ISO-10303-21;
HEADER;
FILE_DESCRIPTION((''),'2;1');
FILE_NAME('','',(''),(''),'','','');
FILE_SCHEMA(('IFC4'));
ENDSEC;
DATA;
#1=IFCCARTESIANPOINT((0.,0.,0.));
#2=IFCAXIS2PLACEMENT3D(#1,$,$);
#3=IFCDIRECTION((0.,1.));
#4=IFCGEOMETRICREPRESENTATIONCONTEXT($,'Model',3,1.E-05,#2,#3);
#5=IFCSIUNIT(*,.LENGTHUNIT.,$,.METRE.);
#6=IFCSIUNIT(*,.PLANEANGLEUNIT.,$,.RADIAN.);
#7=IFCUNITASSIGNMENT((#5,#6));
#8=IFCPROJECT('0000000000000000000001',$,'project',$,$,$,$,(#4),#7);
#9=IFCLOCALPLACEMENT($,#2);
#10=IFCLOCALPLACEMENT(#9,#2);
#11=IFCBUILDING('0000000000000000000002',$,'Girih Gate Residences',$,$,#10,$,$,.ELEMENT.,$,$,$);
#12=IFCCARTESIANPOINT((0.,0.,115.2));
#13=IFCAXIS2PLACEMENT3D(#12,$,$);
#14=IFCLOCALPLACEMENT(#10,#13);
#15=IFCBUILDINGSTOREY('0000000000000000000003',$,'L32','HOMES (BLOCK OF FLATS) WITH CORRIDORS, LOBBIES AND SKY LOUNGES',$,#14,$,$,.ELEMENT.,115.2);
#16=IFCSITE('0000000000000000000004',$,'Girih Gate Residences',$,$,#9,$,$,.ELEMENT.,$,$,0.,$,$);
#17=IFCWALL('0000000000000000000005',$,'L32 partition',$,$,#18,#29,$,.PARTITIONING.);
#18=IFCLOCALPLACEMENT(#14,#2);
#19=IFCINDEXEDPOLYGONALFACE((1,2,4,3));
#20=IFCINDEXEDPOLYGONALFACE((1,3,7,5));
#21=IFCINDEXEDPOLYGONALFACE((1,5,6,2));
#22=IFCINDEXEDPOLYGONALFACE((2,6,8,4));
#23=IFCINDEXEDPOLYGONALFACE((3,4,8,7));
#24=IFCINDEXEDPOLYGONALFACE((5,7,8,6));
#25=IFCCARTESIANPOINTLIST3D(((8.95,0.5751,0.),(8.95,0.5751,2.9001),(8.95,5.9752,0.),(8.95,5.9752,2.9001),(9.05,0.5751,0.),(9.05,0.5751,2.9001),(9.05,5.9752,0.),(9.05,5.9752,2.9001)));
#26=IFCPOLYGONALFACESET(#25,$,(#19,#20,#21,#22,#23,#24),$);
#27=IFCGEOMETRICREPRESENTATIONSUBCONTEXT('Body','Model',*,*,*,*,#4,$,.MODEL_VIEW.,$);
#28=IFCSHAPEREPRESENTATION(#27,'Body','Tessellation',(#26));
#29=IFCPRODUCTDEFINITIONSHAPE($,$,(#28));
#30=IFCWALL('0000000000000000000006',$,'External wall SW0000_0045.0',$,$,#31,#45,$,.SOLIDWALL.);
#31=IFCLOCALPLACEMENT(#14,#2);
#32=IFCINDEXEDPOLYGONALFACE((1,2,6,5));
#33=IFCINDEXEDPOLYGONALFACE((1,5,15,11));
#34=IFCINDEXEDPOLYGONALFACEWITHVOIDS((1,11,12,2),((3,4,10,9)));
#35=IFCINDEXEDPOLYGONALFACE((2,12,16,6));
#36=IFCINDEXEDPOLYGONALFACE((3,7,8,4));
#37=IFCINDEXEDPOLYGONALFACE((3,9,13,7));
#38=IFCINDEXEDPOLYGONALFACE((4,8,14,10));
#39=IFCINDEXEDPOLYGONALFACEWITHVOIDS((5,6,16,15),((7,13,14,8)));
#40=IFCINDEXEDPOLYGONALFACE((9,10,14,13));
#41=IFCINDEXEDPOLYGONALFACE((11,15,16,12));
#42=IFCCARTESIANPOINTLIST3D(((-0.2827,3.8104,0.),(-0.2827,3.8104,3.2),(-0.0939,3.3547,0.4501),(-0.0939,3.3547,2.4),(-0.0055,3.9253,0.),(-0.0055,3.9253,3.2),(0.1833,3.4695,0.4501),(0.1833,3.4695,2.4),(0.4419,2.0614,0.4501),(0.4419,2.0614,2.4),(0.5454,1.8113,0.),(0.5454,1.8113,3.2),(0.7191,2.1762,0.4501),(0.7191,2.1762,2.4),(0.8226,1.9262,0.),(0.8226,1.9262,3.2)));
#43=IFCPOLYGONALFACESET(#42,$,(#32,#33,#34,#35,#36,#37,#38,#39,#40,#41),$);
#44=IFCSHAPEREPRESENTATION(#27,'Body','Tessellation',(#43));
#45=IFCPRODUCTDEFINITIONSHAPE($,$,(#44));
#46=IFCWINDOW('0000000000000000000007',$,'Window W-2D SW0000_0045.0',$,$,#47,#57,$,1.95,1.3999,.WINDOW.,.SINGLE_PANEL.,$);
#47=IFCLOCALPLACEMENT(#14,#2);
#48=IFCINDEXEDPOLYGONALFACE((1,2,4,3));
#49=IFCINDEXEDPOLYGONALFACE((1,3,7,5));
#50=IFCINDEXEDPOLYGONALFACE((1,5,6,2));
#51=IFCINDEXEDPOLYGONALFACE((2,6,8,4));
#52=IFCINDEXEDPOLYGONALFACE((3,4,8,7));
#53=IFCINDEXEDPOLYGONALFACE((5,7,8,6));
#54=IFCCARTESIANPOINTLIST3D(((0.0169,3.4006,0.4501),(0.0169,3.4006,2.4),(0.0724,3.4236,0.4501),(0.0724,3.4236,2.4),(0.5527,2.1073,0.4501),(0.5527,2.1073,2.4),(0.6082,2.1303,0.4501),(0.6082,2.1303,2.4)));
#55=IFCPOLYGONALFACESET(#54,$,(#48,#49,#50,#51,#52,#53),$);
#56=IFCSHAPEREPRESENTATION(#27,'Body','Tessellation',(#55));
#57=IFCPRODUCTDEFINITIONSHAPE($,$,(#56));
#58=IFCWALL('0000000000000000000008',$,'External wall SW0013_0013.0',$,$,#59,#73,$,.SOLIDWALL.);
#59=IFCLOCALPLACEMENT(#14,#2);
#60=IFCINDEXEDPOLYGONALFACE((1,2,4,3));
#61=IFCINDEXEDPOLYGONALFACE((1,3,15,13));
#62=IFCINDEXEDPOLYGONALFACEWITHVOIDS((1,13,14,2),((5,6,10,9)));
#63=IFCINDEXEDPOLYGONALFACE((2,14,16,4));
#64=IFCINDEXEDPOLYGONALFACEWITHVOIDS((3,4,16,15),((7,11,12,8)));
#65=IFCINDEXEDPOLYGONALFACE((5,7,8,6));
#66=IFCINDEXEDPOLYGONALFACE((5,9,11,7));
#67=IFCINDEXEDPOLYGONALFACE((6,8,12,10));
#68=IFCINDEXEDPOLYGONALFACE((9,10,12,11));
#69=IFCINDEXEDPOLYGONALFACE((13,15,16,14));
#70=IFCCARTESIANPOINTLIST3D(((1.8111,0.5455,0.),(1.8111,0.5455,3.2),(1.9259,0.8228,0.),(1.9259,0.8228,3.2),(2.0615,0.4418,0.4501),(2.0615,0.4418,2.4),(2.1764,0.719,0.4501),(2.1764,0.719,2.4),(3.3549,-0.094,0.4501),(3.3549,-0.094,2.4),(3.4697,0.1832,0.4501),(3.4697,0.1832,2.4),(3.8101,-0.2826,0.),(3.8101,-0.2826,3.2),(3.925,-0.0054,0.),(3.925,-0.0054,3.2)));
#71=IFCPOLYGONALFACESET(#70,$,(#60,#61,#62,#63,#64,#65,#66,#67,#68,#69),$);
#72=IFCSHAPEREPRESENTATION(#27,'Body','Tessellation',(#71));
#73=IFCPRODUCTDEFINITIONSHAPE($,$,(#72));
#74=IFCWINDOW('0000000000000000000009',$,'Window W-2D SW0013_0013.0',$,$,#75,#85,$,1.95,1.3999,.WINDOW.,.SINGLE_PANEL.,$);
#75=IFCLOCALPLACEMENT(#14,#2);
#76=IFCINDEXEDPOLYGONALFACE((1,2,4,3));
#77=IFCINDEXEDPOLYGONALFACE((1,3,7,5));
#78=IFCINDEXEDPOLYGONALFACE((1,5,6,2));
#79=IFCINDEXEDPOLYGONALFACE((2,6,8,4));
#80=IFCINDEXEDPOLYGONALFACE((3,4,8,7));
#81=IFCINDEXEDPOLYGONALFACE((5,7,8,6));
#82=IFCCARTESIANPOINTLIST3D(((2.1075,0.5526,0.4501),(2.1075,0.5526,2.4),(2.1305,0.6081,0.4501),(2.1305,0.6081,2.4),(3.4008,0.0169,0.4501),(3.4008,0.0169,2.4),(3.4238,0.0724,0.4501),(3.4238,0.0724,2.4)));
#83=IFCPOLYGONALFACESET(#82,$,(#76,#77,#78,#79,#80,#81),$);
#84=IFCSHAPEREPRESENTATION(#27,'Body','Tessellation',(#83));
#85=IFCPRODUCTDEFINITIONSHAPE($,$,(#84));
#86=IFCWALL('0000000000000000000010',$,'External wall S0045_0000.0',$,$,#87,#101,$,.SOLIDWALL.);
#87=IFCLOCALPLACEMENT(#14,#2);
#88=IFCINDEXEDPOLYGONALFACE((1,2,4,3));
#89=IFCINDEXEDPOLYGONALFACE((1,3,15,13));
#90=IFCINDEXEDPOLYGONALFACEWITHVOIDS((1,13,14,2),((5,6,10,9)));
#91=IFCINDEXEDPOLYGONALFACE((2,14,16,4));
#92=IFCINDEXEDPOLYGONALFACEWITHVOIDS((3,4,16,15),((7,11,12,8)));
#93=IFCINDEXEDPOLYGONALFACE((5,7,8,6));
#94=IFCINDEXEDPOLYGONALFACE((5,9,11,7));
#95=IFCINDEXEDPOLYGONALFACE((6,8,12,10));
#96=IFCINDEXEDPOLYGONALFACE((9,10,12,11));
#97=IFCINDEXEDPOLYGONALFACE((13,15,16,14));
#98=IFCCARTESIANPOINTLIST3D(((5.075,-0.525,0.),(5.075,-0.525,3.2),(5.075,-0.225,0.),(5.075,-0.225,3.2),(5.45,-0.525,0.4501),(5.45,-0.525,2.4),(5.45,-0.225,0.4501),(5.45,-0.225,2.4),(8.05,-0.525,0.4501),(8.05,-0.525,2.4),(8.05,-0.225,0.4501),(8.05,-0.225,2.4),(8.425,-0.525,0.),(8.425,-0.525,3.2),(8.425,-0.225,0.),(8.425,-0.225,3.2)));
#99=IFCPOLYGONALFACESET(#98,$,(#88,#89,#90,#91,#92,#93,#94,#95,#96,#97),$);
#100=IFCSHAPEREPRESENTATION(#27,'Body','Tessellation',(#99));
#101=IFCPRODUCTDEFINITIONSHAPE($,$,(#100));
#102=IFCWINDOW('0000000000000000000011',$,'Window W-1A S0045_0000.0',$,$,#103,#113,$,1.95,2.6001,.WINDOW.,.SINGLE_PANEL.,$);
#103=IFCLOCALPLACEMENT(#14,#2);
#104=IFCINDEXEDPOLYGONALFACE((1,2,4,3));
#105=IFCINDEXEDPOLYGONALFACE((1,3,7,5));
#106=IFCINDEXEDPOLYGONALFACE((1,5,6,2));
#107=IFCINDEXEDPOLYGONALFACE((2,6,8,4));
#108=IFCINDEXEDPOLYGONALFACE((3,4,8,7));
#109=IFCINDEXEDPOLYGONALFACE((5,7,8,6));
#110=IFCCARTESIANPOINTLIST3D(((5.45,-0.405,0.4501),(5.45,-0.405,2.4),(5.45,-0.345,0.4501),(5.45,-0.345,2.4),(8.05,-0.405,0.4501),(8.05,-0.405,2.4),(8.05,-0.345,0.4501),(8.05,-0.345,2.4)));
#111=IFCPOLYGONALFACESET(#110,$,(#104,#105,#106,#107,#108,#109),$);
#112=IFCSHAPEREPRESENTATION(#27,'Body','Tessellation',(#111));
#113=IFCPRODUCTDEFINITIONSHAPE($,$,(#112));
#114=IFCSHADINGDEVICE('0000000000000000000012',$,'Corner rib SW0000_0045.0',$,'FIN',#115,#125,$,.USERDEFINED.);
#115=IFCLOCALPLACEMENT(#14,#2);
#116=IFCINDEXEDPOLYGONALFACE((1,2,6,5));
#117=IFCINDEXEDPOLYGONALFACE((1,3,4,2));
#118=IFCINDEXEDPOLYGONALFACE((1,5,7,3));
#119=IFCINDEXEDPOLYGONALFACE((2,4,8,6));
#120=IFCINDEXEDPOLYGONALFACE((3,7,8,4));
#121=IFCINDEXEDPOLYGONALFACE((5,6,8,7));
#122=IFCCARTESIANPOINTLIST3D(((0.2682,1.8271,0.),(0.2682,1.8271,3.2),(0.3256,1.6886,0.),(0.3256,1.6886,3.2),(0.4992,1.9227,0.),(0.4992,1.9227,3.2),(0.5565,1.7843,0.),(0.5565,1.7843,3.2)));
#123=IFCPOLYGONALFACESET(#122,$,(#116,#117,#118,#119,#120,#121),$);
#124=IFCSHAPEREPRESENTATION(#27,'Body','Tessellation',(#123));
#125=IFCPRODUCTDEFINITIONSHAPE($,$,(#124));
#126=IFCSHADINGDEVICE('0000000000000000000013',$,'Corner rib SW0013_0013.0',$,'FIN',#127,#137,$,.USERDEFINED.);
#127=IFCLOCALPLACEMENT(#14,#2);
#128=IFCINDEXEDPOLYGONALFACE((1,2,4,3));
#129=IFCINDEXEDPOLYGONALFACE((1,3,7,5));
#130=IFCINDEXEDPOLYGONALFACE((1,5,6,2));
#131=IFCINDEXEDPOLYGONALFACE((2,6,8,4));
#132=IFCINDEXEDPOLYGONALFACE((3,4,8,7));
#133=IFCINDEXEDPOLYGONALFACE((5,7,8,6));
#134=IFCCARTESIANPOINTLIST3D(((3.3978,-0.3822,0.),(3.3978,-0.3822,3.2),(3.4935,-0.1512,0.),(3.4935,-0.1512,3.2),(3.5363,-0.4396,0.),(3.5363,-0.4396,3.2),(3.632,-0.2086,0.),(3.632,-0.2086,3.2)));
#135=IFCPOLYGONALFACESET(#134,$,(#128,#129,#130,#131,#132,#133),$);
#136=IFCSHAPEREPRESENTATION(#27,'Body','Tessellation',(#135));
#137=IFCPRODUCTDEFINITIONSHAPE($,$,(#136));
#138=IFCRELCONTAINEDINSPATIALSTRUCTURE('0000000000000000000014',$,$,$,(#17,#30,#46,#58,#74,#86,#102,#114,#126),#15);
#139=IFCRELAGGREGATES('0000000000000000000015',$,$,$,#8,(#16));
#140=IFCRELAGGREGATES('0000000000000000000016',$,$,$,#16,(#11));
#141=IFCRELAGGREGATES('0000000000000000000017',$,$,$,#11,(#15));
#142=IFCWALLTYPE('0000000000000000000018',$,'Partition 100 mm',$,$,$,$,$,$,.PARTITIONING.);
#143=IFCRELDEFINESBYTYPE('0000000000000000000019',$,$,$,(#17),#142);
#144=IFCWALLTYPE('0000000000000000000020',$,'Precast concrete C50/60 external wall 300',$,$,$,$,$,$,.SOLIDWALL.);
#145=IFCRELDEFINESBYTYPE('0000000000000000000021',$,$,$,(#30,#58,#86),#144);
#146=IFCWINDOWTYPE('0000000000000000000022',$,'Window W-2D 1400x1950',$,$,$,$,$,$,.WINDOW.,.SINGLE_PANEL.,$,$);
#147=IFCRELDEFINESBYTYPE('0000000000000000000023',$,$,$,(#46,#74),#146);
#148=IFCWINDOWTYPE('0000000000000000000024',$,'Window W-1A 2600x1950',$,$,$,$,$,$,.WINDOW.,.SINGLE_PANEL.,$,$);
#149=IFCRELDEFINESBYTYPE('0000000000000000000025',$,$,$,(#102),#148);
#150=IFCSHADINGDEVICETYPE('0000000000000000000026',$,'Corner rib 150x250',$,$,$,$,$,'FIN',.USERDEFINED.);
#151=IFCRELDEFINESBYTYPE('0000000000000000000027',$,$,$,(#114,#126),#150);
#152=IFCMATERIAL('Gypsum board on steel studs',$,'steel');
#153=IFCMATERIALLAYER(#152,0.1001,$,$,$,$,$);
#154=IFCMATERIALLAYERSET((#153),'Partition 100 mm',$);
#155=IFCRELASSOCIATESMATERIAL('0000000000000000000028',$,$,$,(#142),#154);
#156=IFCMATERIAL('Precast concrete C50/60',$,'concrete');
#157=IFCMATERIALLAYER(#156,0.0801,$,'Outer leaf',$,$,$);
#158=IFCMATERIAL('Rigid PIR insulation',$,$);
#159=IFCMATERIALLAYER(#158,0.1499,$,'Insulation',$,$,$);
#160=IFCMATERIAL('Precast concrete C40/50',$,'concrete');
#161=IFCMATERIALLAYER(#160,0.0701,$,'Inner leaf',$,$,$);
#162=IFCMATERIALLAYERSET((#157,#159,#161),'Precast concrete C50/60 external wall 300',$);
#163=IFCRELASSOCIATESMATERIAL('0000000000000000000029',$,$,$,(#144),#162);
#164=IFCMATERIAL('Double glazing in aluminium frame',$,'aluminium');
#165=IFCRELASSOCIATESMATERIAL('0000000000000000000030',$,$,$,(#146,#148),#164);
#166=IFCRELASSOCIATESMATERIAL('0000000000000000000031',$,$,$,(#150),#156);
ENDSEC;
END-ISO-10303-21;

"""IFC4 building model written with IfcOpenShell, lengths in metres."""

from ifc_helpers import new_model, si_unit, direction, frame, frame_2d, origin, origin_2d, place, context, subcontext, project, spatial, rectangle, extrude, material, layer, layer_set, type_object, element, fill, save


model = new_model("IFC4")

# Units and contexts
model_context = context("Model", 3, precision=1e-05, world=origin(), true_north=direction((0.0, 1.0)))
body_context = subcontext(model_context, "Body", "Model", "MODEL_VIEW")
ifc_project = project(units=[si_unit("LENGTHUNIT", "METRE"), si_unit("PLANEANGLEUNIT", "RADIAN")], contexts=[model_context])

# Site, building, storey
site_placement = place(None, origin())
site = spatial("IfcSite", under=ifc_project, at=site_placement, Name="Girih Gate Residences", CompositionType="ELEMENT", RefElevation=0.0)
building_placement = place(site_placement, origin())
building = spatial("IfcBuilding", under=site, at=building_placement, Name="Girih Gate Residences", CompositionType="ELEMENT")
storey_placement = place(building_placement, frame((0.0, 0.0, 115.2)))
storey = spatial("IfcBuildingStorey", under=building, at=storey_placement, Name="L32", Description="HOMES (BLOCK OF FLATS) WITH CORRIDORS, LOBBIES AND SKY LOUNGES", CompositionType="ELEMENT", Elevation=115.2)

# Wall
ifc_material_1 = material(Name="Gypsum board on steel studs", Category="steel")
ifc_layer_1 = layer(ifc_material_1, 0.1001)
ifc_layer_set_1 = layer_set([ifc_layer_1], Name="Partition 100 mm")
wall_type_1 = type_object("IfcWallType", Name="Partition 100 mm", PredefinedType="PARTITIONING", material=ifc_layer_set_1)
wall_1_placement = place(storey_placement, frame((9.0, 0.575, 0.0), z_axis=(0.0, 0.0, 1.0), x_axis=(0.0, 1.0, 0.0)))
element("IfcWall", 1, at=wall_1_placement, inside=storey, type_object=wall_type_1, Name="L32 partition", PredefinedType="PARTITIONING", context=body_context, shape_type="SweptSolid", body=[
    extrude(rectangle(XDim=5.4001, YDim=0.1001, at=frame_2d((2.7002, 0.0))), origin(), (0.0, 0.0, 1.0), 2.9001),
])

# Walls, openings, windows
ifc_material_2 = material(Name="Precast concrete C50/60", Category="concrete")
ifc_layer_2 = layer(ifc_material_2, 0.0801, Name="Outer leaf")
ifc_material_3 = material(Name="Rigid PIR insulation")
ifc_layer_3 = layer(ifc_material_3, 0.1499, Name="Insulation")
ifc_material_4 = material(Name="Precast concrete C40/50", Category="concrete")
ifc_layer_4 = layer(ifc_material_4, 0.0701, Name="Inner leaf")
ifc_layer_set_2 = layer_set([ifc_layer_2, ifc_layer_3, ifc_layer_4], Name="Precast concrete C50/60 external wall 300")
wall_type_2 = type_object("IfcWallType", Name="Precast concrete C50/60 external wall 300", PredefinedType="SOLIDWALL", material=ifc_layer_set_2)
wall_2_placement = place(storey_placement, frame((0.6841, 1.8687, 0.0), z_axis=(0.0, 0.0, 1.0), x_axis=(-0.382724, 0.923863, 0.0)))
wall_2 = element("IfcWall", 2, at=wall_2_placement, inside=storey, type_object=wall_type_2, Name="External wall SW0000_0045.0", PredefinedType="SOLIDWALL", context=body_context, shape_type="SweptSolid", body=[
    extrude(rectangle(XDim=2.1638, YDim=0.3, at=frame_2d((1.082, 0.0))), origin(), (0.0, 0.0, 1.0), 3.2),
])
opening_1_placement = place(wall_2_placement, frame((0.2708, 0.0, 0.45)))
opening_1 = element("IfcOpeningElement", 3, at=opening_1_placement, cuts=wall_2, PredefinedType="OPENING", context=body_context, shape_type="SweptSolid", body=[
    extrude(rectangle(XDim=1.3999, YDim=1.95, at=frame_2d((0.7, 0.9751))), frame((0.0, 0.1599, 0.0), z_axis=(0.0, -1.0, 0.0), x_axis=(1.0, 0.0, 0.0)), (0.0, 0.0, 1.0), 0.3201),
])
ifc_material_5 = material(Name="Double glazing in aluminium frame", Category="aluminium")
window_type_1 = type_object("IfcWindowType", Name="Window W-2D 1400x1950", PartitioningType="SINGLE_PANEL", PredefinedType="WINDOW", material=ifc_material_5)
window_1_placement = place(opening_1_placement, origin())
window_1 = element("IfcWindow", 4, at=window_1_placement, inside=storey, type_object=window_type_1, Name="Window W-2D SW0000_0045.0", OverallHeight=1.95, OverallWidth=1.3999, PartitioningType="SINGLE_PANEL", PredefinedType="WINDOW", context=body_context, shape_type="SweptSolid", body=[
    extrude(rectangle(XDim=1.3999, YDim=1.95, at=frame_2d((0.7, 0.9751))), frame((0.0, 0.03, 0.0), z_axis=(0.0, -1.0, 0.0), x_axis=(1.0, 0.0, 0.0)), (0.0, 0.0, 1.0), 0.0601),
])
fill(opening_1, window_1)
wall_3_placement = place(storey_placement, frame((3.8677, -0.144, 0.0), z_axis=(0.0, 0.0, 1.0), x_axis=(-0.923863, 0.382724, 0.0)))
wall_3 = element("IfcWall", 5, at=wall_3_placement, inside=storey, type_object=wall_type_2, Name="External wall SW0013_0013.0", PredefinedType="SOLIDWALL", context=body_context, shape_type="SweptSolid", body=[
    extrude(rectangle(XDim=2.1638, YDim=0.3, at=frame_2d((1.082, 0.0))), origin(), (0.0, 0.0, 1.0), 3.2),
])
opening_2_placement = place(wall_3_placement, frame((0.4929, 0.0, 0.45)))
opening_2 = element("IfcOpeningElement", 6, at=opening_2_placement, cuts=wall_3, PredefinedType="OPENING", context=body_context, shape_type="SweptSolid", body=[
    extrude(rectangle(XDim=1.3999, YDim=1.95, at=frame_2d((0.7, 0.9751))), frame((0.0, 0.1599, 0.0), z_axis=(0.0, -1.0, 0.0), x_axis=(1.0, 0.0, 0.0)), (0.0, 0.0, 1.0), 0.3201),
])
window_2_placement = place(opening_2_placement, origin())
window_2 = element("IfcWindow", 7, at=window_2_placement, inside=storey, type_object=window_type_1, Name="Window W-2D SW0013_0013.0", OverallHeight=1.95, OverallWidth=1.3999, PartitioningType="SINGLE_PANEL", PredefinedType="WINDOW", context=body_context, shape_type="SweptSolid", body=[
    extrude(rectangle(XDim=1.3999, YDim=1.95, at=frame_2d((0.7, 0.9751))), frame((0.0, 0.03, 0.0), z_axis=(0.0, -1.0, 0.0), x_axis=(1.0, 0.0, 0.0)), (0.0, 0.0, 1.0), 0.0601),
])
fill(opening_2, window_2)
wall_4_placement = place(storey_placement, frame((8.425, -0.375, 0.0), z_axis=(0.0, 0.0, 1.0), x_axis=(-1.0, 0.0, 0.0)))
wall_4 = element("IfcWall", 8, at=wall_4_placement, inside=storey, type_object=wall_type_2, Name="External wall S0045_0000.0", PredefinedType="SOLIDWALL", context=body_context, shape_type="SweptSolid", body=[
    extrude(rectangle(XDim=3.3501, YDim=0.3, at=frame_2d((1.675, 0.0))), origin(), (0.0, 0.0, 1.0), 3.2),
])
opening_3_placement = place(wall_4_placement, frame((0.375, 0.0, 0.45)))
opening_3 = element("IfcOpeningElement", 9, at=opening_3_placement, cuts=wall_4, PredefinedType="OPENING", context=body_context, shape_type="SweptSolid", body=[
    extrude(rectangle(XDim=2.6001, YDim=1.95, at=frame_2d((1.3, 0.9751))), frame((0.0, 0.1599, 0.0), z_axis=(0.0, -1.0, 0.0), x_axis=(1.0, 0.0, 0.0)), (0.0, 0.0, 1.0), 0.3201),
])
window_type_2 = type_object("IfcWindowType", Name="Window W-1A 2600x1950", PartitioningType="SINGLE_PANEL", PredefinedType="WINDOW", material=ifc_material_5)
window_3_placement = place(opening_3_placement, origin())
window_3 = element("IfcWindow", 10, at=window_3_placement, inside=storey, type_object=window_type_2, Name="Window W-1A S0045_0000.0", OverallHeight=1.95, OverallWidth=2.6001, PartitioningType="SINGLE_PANEL", PredefinedType="WINDOW", context=body_context, shape_type="SweptSolid", body=[
    extrude(rectangle(XDim=2.6001, YDim=1.95, at=frame_2d((1.3, 0.9751))), frame((0.0, 0.03, 0.0), z_axis=(0.0, -1.0, 0.0), x_axis=(1.0, 0.0, 0.0)), (0.0, 0.0, 1.0), 0.0601),
])
fill(opening_3, window_3)

# Shading devices
shading_device_type = type_object("IfcShadingDeviceType", Name="Corner rib 150x250", ElementType="FIN", PredefinedType="USERDEFINED", material=ifc_material_2)
for number, where, z_axis, x_axis, name in (
    (11, (0.4124, 1.8057, 0.0), (0.0, 0.0, 1.0), (0.382683, -0.92388, 0.0), "Corner rib SW0000_0045.0"),
    (12, (3.5149, -0.2954, 0.0), (0.0, 0.0, 1.0), (0.92388, -0.382683, 0.0), "Corner rib SW0013_0013.0"),
):
    element("IfcShadingDevice", number, at=place(storey_placement, frame(where, z_axis=z_axis, x_axis=x_axis)), inside=storey, type_object=shading_device_type, Name=name, ObjectType="FIN", PredefinedType="USERDEFINED", context=body_context, shape_type="SweptSolid", body=[
        extrude(rectangle(XDim=0.1499, YDim=0.25, at=origin_2d()), origin(), (0.0, 0.0, 1.0), 3.2),
    ])

save(model, "model.ifc")
